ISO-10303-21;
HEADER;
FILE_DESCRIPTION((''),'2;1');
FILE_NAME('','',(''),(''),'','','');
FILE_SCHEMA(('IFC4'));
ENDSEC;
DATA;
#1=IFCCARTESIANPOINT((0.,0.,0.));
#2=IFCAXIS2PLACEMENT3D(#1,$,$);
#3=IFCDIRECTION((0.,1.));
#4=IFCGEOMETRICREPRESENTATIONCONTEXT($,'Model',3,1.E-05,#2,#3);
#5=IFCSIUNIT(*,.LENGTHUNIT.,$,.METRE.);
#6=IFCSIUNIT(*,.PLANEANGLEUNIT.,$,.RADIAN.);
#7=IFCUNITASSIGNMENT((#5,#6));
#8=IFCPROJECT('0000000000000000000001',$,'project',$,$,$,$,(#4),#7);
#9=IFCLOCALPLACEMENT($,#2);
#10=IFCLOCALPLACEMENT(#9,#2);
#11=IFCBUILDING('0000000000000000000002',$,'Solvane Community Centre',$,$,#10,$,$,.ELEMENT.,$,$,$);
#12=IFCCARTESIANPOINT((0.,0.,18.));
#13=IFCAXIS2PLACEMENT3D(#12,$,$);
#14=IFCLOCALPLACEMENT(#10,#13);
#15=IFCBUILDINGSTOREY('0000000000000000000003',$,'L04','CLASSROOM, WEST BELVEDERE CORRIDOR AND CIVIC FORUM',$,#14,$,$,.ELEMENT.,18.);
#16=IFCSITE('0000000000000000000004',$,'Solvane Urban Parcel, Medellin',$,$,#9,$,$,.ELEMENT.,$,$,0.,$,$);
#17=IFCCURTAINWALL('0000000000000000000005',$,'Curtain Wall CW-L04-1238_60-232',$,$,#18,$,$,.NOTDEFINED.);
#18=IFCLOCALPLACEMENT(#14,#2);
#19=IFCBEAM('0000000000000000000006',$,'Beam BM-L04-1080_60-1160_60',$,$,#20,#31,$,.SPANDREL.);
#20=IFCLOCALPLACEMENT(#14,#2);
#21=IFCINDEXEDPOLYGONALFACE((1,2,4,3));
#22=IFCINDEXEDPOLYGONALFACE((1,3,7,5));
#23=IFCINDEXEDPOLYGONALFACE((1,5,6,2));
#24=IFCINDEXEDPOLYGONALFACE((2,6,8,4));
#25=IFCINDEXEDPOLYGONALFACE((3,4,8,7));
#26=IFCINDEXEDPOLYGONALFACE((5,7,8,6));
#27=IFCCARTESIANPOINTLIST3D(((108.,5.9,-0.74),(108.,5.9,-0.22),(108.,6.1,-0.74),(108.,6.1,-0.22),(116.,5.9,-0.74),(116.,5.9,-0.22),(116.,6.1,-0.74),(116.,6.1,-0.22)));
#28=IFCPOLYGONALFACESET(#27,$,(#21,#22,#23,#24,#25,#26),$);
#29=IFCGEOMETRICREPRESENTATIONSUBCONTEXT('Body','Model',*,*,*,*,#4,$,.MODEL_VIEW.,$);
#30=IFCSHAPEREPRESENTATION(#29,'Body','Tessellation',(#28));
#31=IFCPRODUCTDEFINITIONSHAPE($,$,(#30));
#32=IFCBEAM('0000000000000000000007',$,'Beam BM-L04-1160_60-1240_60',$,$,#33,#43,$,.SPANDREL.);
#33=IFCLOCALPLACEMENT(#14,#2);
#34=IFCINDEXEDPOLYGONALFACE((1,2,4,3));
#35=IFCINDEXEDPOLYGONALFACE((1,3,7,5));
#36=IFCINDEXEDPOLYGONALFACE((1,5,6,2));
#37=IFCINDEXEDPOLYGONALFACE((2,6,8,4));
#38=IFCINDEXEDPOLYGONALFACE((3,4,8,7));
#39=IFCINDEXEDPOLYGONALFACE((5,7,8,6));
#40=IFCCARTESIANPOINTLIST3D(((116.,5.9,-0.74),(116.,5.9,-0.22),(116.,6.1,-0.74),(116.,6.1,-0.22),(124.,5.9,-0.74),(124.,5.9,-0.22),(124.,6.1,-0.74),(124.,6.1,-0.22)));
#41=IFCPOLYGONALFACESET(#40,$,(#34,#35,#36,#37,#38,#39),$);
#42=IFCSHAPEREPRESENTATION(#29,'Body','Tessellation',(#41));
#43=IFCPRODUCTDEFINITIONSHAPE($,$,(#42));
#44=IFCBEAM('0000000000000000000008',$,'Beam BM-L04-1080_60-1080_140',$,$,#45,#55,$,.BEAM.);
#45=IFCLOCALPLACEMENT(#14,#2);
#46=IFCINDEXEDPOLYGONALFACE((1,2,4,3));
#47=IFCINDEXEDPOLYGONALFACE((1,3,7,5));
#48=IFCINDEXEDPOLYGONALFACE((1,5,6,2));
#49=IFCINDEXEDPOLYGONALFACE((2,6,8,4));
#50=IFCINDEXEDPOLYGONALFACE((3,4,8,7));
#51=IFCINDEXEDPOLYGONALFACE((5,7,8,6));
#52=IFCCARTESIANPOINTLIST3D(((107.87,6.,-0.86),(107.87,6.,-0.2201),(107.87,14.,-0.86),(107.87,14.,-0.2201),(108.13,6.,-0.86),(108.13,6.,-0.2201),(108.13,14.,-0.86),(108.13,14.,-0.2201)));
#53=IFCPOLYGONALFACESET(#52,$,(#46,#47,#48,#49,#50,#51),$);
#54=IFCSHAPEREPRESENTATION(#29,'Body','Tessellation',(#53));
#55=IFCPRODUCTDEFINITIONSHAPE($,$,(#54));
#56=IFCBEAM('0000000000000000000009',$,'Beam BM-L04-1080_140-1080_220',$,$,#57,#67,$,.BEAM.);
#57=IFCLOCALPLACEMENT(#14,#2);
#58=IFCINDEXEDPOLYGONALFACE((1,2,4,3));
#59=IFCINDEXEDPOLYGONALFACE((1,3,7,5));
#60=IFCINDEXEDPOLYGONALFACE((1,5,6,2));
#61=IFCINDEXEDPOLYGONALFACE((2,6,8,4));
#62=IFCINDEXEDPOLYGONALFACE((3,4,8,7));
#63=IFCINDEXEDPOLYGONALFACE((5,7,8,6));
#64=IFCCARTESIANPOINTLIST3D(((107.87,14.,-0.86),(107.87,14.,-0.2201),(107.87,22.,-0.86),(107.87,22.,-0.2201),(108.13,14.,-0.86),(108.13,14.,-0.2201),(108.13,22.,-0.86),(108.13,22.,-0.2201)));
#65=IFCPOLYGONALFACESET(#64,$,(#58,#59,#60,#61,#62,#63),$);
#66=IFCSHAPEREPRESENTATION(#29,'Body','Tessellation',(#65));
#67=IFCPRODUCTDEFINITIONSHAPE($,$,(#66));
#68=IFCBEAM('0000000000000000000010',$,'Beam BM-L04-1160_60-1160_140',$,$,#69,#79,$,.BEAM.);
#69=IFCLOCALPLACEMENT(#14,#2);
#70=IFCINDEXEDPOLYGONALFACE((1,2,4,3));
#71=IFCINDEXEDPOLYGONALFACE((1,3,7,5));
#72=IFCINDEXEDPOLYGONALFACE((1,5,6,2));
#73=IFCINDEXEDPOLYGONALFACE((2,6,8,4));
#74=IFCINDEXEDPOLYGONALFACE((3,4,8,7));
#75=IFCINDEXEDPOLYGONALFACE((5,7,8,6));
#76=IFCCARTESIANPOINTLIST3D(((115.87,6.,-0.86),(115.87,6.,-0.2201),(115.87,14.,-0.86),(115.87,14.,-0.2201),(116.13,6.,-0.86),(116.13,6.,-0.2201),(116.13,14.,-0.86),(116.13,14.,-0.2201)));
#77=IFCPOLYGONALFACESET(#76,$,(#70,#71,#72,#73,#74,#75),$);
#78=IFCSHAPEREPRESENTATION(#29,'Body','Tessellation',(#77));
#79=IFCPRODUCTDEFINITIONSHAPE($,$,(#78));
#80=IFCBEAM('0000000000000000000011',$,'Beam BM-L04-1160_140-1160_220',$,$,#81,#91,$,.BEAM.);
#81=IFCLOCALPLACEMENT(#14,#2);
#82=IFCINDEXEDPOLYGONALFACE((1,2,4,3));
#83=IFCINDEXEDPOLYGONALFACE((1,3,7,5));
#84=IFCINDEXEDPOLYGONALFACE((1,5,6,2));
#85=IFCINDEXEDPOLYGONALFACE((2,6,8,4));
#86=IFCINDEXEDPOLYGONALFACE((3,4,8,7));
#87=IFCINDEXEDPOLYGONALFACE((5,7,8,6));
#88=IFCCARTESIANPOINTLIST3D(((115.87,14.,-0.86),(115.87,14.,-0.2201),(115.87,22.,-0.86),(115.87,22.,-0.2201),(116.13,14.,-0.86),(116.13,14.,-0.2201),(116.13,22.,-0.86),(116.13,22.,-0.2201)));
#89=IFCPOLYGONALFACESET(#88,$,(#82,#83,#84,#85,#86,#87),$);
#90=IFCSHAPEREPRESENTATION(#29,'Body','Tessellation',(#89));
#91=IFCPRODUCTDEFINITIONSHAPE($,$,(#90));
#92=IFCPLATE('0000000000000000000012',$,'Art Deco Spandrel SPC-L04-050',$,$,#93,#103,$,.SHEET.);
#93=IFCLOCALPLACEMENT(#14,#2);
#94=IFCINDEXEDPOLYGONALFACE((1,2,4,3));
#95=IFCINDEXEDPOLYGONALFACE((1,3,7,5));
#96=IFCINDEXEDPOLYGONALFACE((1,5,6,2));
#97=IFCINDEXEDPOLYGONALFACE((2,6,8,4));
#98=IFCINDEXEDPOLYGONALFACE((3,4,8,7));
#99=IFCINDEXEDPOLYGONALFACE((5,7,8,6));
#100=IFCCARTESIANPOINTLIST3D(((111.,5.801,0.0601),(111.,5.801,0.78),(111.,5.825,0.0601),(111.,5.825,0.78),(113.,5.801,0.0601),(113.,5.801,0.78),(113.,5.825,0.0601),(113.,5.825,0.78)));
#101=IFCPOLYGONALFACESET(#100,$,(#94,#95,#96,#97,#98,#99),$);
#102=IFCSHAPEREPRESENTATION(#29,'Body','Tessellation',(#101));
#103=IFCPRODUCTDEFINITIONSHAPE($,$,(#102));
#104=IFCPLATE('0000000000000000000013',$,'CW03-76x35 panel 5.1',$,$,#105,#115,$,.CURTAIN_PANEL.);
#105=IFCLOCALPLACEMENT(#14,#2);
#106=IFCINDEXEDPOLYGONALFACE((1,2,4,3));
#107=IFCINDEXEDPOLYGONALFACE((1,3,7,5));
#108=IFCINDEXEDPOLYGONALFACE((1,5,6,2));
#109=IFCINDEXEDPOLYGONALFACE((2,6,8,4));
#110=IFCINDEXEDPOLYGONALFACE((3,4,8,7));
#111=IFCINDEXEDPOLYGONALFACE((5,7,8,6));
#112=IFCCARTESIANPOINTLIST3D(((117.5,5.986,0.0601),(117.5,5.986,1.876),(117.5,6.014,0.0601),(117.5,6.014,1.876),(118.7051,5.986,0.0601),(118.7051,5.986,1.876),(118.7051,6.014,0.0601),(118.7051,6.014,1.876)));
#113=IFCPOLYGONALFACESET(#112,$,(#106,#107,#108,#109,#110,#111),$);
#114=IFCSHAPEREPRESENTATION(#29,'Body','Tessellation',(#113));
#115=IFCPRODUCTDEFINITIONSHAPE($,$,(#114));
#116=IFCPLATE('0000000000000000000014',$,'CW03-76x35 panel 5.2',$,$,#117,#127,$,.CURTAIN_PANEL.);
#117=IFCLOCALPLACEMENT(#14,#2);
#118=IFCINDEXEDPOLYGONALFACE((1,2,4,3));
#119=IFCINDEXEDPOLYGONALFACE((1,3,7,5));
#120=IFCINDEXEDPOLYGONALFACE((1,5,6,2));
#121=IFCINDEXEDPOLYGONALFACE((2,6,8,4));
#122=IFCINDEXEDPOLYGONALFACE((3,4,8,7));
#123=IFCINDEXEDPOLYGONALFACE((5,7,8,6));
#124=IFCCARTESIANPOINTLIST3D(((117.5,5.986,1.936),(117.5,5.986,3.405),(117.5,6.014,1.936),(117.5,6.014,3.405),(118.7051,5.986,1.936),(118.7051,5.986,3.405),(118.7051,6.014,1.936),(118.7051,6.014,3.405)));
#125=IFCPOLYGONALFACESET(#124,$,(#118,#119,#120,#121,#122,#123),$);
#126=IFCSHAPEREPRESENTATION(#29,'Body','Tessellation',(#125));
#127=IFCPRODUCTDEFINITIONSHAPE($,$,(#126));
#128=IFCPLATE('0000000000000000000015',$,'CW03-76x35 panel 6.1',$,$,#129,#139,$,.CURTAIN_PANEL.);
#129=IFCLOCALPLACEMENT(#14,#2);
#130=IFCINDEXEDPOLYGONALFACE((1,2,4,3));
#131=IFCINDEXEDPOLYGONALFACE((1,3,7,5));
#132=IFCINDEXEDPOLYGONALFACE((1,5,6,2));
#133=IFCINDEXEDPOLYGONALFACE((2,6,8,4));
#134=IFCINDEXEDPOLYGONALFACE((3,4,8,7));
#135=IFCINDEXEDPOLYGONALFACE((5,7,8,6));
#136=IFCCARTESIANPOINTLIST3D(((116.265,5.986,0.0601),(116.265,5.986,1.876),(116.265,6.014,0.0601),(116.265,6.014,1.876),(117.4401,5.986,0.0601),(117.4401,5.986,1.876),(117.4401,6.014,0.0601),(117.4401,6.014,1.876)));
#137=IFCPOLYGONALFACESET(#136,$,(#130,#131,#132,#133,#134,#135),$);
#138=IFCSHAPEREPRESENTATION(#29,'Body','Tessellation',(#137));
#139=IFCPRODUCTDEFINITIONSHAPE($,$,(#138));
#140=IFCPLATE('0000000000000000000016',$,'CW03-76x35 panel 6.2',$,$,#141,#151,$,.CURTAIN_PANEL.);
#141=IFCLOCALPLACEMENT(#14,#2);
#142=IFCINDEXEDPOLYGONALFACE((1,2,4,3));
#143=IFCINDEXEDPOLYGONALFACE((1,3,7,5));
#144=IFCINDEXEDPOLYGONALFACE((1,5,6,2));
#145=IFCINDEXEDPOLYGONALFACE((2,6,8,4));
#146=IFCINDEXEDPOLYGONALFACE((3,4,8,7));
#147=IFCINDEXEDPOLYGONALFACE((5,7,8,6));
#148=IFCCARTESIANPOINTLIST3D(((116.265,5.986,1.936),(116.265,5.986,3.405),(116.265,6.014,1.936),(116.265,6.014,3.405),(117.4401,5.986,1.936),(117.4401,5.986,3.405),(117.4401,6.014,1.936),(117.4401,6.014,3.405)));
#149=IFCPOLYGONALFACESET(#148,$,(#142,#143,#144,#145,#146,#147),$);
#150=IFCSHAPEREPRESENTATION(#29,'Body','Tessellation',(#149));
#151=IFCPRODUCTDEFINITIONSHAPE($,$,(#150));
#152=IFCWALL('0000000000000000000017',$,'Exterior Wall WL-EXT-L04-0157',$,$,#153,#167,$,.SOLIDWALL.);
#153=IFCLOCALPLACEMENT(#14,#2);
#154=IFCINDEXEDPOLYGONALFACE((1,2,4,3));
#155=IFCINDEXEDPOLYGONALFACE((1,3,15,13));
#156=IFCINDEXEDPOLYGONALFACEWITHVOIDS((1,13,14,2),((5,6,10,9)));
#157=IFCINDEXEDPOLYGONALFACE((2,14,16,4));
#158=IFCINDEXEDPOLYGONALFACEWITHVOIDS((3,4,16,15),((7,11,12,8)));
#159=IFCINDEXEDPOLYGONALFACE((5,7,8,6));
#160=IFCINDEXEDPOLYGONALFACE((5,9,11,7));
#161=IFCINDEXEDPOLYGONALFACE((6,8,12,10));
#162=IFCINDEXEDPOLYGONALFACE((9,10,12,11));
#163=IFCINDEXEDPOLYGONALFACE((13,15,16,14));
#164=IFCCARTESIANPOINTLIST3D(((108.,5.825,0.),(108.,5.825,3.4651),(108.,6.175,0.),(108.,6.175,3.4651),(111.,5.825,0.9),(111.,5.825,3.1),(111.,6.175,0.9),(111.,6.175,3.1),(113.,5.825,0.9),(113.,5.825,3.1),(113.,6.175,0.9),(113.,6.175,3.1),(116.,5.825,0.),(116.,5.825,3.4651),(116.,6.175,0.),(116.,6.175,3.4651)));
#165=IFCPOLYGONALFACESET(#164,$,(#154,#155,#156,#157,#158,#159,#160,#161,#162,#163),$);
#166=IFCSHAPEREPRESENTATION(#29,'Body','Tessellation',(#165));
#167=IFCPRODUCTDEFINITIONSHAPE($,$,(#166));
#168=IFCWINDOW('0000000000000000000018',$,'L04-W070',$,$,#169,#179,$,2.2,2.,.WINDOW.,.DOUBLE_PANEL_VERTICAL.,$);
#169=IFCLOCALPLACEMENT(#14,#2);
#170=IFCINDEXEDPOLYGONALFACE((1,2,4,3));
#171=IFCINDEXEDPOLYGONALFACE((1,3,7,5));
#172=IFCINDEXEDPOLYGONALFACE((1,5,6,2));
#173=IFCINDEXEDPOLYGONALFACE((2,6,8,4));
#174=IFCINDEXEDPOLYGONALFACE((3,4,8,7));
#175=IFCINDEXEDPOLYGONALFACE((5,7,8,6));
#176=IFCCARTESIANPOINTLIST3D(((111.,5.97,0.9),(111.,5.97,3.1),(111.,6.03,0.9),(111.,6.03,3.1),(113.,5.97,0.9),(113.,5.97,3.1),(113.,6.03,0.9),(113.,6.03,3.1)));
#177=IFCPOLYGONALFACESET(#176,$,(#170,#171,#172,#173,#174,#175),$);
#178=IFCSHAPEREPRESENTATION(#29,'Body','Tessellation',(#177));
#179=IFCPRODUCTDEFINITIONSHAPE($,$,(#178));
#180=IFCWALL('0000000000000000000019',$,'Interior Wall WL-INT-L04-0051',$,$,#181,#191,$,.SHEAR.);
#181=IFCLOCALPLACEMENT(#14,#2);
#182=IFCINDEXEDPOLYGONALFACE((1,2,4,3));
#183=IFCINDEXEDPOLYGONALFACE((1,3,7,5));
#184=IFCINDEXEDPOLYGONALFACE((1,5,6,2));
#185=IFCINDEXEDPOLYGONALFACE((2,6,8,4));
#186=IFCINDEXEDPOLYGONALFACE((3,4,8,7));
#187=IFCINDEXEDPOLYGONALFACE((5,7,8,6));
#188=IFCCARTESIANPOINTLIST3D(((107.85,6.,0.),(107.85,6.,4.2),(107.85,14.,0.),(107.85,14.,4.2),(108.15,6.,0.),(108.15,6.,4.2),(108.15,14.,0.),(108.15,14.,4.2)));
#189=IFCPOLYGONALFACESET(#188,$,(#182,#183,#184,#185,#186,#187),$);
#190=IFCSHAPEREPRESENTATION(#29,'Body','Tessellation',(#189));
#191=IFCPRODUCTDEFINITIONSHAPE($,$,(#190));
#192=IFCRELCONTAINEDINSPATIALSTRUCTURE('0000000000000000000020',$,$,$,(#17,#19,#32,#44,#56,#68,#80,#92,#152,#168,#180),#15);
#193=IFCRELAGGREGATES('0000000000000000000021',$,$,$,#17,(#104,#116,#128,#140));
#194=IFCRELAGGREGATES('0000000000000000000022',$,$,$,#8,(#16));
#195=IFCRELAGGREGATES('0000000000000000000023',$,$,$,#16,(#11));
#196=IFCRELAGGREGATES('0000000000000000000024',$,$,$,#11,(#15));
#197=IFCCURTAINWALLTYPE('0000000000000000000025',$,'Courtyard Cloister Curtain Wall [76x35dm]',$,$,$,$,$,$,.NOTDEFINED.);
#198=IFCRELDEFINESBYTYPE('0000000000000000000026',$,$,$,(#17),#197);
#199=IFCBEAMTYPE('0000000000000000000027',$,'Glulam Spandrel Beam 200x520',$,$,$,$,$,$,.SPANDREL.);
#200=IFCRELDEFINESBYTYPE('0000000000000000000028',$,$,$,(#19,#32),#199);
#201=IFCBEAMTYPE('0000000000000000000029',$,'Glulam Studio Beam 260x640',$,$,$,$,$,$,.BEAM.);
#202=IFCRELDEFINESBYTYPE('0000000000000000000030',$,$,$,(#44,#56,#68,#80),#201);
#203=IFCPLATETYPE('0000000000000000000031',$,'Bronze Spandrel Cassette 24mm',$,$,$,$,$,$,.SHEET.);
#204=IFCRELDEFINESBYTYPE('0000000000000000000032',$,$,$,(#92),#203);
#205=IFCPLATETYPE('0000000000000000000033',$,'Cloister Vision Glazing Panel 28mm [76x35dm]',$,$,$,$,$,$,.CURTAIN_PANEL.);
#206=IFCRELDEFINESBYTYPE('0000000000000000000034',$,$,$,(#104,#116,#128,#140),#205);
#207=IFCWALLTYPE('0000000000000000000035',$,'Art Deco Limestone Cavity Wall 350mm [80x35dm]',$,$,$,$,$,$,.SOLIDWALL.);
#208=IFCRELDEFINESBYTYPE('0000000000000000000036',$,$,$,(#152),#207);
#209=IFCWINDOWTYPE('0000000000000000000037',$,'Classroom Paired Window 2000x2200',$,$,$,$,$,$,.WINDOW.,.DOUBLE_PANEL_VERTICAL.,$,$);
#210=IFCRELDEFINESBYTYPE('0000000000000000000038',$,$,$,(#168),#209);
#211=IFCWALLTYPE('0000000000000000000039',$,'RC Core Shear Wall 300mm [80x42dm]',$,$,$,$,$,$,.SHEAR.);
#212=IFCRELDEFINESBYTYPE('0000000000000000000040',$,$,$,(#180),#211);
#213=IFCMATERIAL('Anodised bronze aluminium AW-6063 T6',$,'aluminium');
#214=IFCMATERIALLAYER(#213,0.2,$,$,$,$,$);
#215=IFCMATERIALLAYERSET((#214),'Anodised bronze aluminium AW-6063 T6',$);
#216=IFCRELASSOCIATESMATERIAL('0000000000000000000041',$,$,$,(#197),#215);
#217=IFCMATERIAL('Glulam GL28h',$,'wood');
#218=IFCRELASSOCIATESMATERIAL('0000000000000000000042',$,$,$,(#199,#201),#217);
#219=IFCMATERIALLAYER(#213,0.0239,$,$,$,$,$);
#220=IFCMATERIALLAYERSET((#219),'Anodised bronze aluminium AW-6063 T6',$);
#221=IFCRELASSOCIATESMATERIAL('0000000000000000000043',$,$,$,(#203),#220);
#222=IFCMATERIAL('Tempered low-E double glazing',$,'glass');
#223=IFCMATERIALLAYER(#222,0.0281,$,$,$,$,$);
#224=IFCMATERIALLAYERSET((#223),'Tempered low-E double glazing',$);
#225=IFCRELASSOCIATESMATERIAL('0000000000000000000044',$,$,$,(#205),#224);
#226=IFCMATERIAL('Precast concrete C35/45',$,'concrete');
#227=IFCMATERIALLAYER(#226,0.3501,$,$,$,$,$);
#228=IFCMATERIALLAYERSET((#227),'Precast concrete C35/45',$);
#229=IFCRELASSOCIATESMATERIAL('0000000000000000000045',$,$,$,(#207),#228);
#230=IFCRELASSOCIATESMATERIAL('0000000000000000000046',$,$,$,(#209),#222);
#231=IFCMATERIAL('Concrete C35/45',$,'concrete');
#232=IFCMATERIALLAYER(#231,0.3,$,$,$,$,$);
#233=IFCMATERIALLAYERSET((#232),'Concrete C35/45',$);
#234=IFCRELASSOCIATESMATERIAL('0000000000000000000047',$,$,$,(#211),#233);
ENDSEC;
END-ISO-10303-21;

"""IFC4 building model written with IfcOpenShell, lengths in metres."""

from ifc_helpers import new_model, si_unit, direction, frame, frame_2d, origin, origin_2d, place, context, subcontext, project, spatial, rectangle, extrude, material, layer, layer_set, material_profile, profile_set, type_object, element, fill, aggregate, save


model = new_model("IFC4")

# Units and contexts
model_context = context("Model", 3, precision=1e-05, world=origin(), true_north=direction((0.0, 1.0)))
body_context = subcontext(model_context, "Body", "Model", "MODEL_VIEW")
ifc_project = project(units=[si_unit("LENGTHUNIT", "METRE"), si_unit("PLANEANGLEUNIT", "RADIAN")], contexts=[model_context])

# Site, building, storey
site_placement = place(None, origin())
site = spatial("IfcSite", under=ifc_project, at=site_placement, Name="Solvane Urban Parcel, Medellin", CompositionType="ELEMENT", RefElevation=0.0)
building_placement = place(site_placement, origin())
building = spatial("IfcBuilding", under=site, at=building_placement, Name="Solvane Community Centre", CompositionType="ELEMENT")
storey_placement = place(building_placement, frame((0.0, 0.0, 18.0)))
storey = spatial("IfcBuildingStorey", under=building, at=storey_placement, Name="L04", Description="CLASSROOM, WEST BELVEDERE CORRIDOR AND CIVIC FORUM", CompositionType="ELEMENT", Elevation=18.0)

# Curtain wall
ifc_material_1 = material(Name="Anodised bronze aluminium AW-6063 T6", Category="aluminium")
ifc_layer_1 = layer(ifc_material_1, 0.2)
ifc_layer_set_1 = layer_set([ifc_layer_1], Name="Anodised bronze aluminium AW-6063 T6")
curtain_wall_type = type_object("IfcCurtainWallType", Name="Courtyard Cloister Curtain Wall [76x35dm]", PredefinedType="NOTDEFINED", material=ifc_layer_set_1)
curtain_wall_placement = place(storey_placement, origin())
curtain_wall = element("IfcCurtainWall", 1, at=curtain_wall_placement, inside=storey, type_object=curtain_wall_type, Name="Curtain Wall CW-L04-1238_60-232", PredefinedType="NOTDEFINED")

# Beams
ifc_material_2 = material(Name="Glulam GL28h", Category="wood")
ifc_material_profile_1 = material_profile(ifc_material_2, rectangle(XDim=0.2, YDim=0.52, at=origin_2d()), Name="GL28h 200x520")
ifc_profile_set_1 = profile_set([ifc_material_profile_1], Name="Glulam GL28h")
beam_type_1 = type_object("IfcBeamType", Name="Glulam Spandrel Beam 200x520", PredefinedType="SPANDREL", material=ifc_profile_set_1)
for number, where, z_axis, x_axis, name in (
    (2, (108.0, 6.0, -0.48), (1.0, 0.0, 0.0), (0.0, 1.0, 0.0), "Beam BM-L04-1080_60-1160_60"),
    (3, (116.0, 6.0, -0.48), (1.0, 0.0, 0.0), (0.0, 1.0, 0.0), "Beam BM-L04-1160_60-1240_60"),
):
    element("IfcBeam", number, at=place(storey_placement, frame(where, z_axis=z_axis, x_axis=x_axis)), inside=storey, type_object=beam_type_1, Name=name, PredefinedType="SPANDREL", context=body_context, shape_type="SweptSolid", body=[
        extrude(rectangle(XDim=0.2, YDim=0.52, at=origin_2d()), origin(), (0.0, 0.0, 1.0), 8.0),
    ])
ifc_material_profile_2 = material_profile(ifc_material_2, rectangle(XDim=0.26, YDim=0.6399, at=origin_2d()), Name="GL28h 260x640")
ifc_profile_set_2 = profile_set([ifc_material_profile_2], Name="Glulam GL28h")
beam_type_2 = type_object("IfcBeamType", Name="Glulam Studio Beam 260x640", PredefinedType="BEAM", material=ifc_profile_set_2)
for number, where, z_axis, x_axis, name in (
    (4, (108.0, 6.0, -0.54), (0.0, 1.0, 0.0), (-1.0, 0.0, 0.0), "Beam BM-L04-1080_60-1080_140"),
    (5, (108.0, 14.0, -0.54), (0.0, 1.0, 0.0), (-1.0, 0.0, 0.0), "Beam BM-L04-1080_140-1080_220"),
    (6, (116.0, 6.0, -0.54), (0.0, 1.0, 0.0), (-1.0, 0.0, 0.0), "Beam BM-L04-1160_60-1160_140"),
    (7, (116.0, 14.0, -0.54), (0.0, 1.0, 0.0), (-1.0, 0.0, 0.0), "Beam BM-L04-1160_140-1160_220"),
):
    element("IfcBeam", number, at=place(storey_placement, frame(where, z_axis=z_axis, x_axis=x_axis)), inside=storey, type_object=beam_type_2, Name=name, PredefinedType="BEAM", context=body_context, shape_type="SweptSolid", body=[
        extrude(rectangle(XDim=0.26, YDim=0.6399, at=origin_2d()), origin(), (0.0, 0.0, 1.0), 8.0),
    ])

# Plates
ifc_layer_2 = layer(ifc_material_1, 0.0239)
ifc_layer_set_2 = layer_set([ifc_layer_2], Name="Anodised bronze aluminium AW-6063 T6")
plate_type_1 = type_object("IfcPlateType", Name="Bronze Spandrel Cassette 24mm", PredefinedType="SHEET", material=ifc_layer_set_2)
plate_1_placement = place(storey_placement, frame((112.0, 5.813, 0.0601), z_axis=(0.0, 0.0, 1.0), x_axis=(-1.0, 0.0, 0.0)))
element("IfcPlate", 8, at=plate_1_placement, inside=storey, type_object=plate_type_1, Name="Art Deco Spandrel SPC-L04-050", PredefinedType="SHEET", context=body_context, shape_type="SweptSolid", body=[
    extrude(rectangle(XDim=2.0, YDim=0.0239, at=origin_2d()), origin(), (0.0, 0.0, 1.0), 0.72),
])
ifc_material_3 = material(Name="Tempered low-E double glazing", Category="glass")
ifc_layer_3 = layer(ifc_material_3, 0.0281)
ifc_layer_set_3 = layer_set([ifc_layer_3], Name="Tempered low-E double glazing")
plate_type_2 = type_object("IfcPlateType", Name="Cloister Vision Glazing Panel 28mm [76x35dm]", PredefinedType="CURTAIN_PANEL", material=ifc_layer_set_3)
plate_2_placement = place(storey_placement, frame((118.1025, 6.0, 0.0601), z_axis=(0.0, 0.0, 1.0), x_axis=(-1.0, 0.0, 0.0)))
plate_2 = element("IfcPlate", 9, at=plate_2_placement, type_object=plate_type_2, Name="CW03-76x35 panel 5.1", PredefinedType="CURTAIN_PANEL", context=body_context, shape_type="SweptSolid", body=[
    extrude(rectangle(XDim=1.2051, YDim=0.0281, at=origin_2d()), origin(), (0.0, 0.0, 1.0), 1.8159),
])
plate_3_placement = place(storey_placement, frame((118.1025, 6.0, 1.936), z_axis=(0.0, 0.0, 1.0), x_axis=(-1.0, 0.0, 0.0)))
plate_3 = element("IfcPlate", 10, at=plate_3_placement, type_object=plate_type_2, Name="CW03-76x35 panel 5.2", PredefinedType="CURTAIN_PANEL", context=body_context, shape_type="SweptSolid", body=[
    extrude(rectangle(XDim=1.2051, YDim=0.0281, at=origin_2d()), origin(), (0.0, 0.0, 1.0), 1.469),
])
plate_4_placement = place(storey_placement, frame((116.8525, 6.0, 0.0601), z_axis=(0.0, 0.0, 1.0), x_axis=(-1.0, 0.0, 0.0)))
plate_4 = element("IfcPlate", 11, at=plate_4_placement, type_object=plate_type_2, Name="CW03-76x35 panel 6.1", PredefinedType="CURTAIN_PANEL", context=body_context, shape_type="SweptSolid", body=[
    extrude(rectangle(XDim=1.175, YDim=0.0281, at=origin_2d()), origin(), (0.0, 0.0, 1.0), 1.8159),
])
plate_5_placement = place(storey_placement, frame((116.8525, 6.0, 1.936), z_axis=(0.0, 0.0, 1.0), x_axis=(-1.0, 0.0, 0.0)))
plate_5 = element("IfcPlate", 12, at=plate_5_placement, type_object=plate_type_2, Name="CW03-76x35 panel 6.2", PredefinedType="CURTAIN_PANEL", context=body_context, shape_type="SweptSolid", body=[
    extrude(rectangle(XDim=1.175, YDim=0.0281, at=origin_2d()), origin(), (0.0, 0.0, 1.0), 1.469),
])
aggregate(curtain_wall, [plate_2, plate_3, plate_4, plate_5])

# Wall, opening, window
ifc_material_4 = material(Name="Precast concrete C35/45", Category="concrete")
ifc_layer_4 = layer(ifc_material_4, 0.3501)
ifc_layer_set_4 = layer_set([ifc_layer_4], Name="Precast concrete C35/45")
wall_type_1 = type_object("IfcWallType", Name="Art Deco Limestone Cavity Wall 350mm [80x35dm]", PredefinedType="SOLIDWALL", material=ifc_layer_set_4)
wall_1_placement = place(storey_placement, frame((116.0, 6.0, 0.0), z_axis=(0.0, 0.0, 1.0), x_axis=(-1.0, 0.0, 0.0)))
wall_1 = element("IfcWall", 13, at=wall_1_placement, inside=storey, type_object=wall_type_1, Name="Exterior Wall WL-EXT-L04-0157", PredefinedType="SOLIDWALL", context=body_context, shape_type="SweptSolid", body=[
    extrude(rectangle(XDim=8.0, YDim=0.3501, at=frame_2d((4.0, 0.0))), origin(), (0.0, 0.0, 1.0), 3.4651),
])
opening_placement = place(wall_1_placement, frame((3.0, 0.0, 0.8999)))
opening = element("IfcOpeningElement", 14, at=opening_placement, cuts=wall_1, PredefinedType="OPENING", context=body_context, shape_type="SweptSolid", body=[
    extrude(rectangle(XDim=2.0, YDim=2.2, at=frame_2d((1.0, 1.1001))), frame((0.0, 0.1851, 0.0), z_axis=(0.0, -1.0, 0.0), x_axis=(1.0, 0.0, 0.0)), (0.0, 0.0, 1.0), 0.3701),
])
window_type = type_object("IfcWindowType", Name="Classroom Paired Window 2000x2200", PartitioningType="DOUBLE_PANEL_VERTICAL", PredefinedType="WINDOW", material=ifc_material_3)
window_placement = place(opening_placement, origin())
window = element("IfcWindow", 15, at=window_placement, inside=storey, type_object=window_type, Name="L04-W070", OverallHeight=2.2, OverallWidth=2.0, PartitioningType="DOUBLE_PANEL_VERTICAL", PredefinedType="WINDOW", context=body_context, shape_type="SweptSolid", body=[
    extrude(rectangle(XDim=2.0, YDim=2.2, at=frame_2d((1.0, 1.1001))), frame((0.0, 0.03, 0.0), z_axis=(0.0, -1.0, 0.0), x_axis=(1.0, 0.0, 0.0)), (0.0, 0.0, 1.0), 0.0601),
])
fill(opening, window)

# Wall
ifc_material_5 = material(Name="Concrete C35/45", Category="concrete")
ifc_layer_5 = layer(ifc_material_5, 0.3)
ifc_layer_set_5 = layer_set([ifc_layer_5], Name="Concrete C35/45")
wall_type_2 = type_object("IfcWallType", Name="RC Core Shear Wall 300mm [80x42dm]", PredefinedType="SHEAR", material=ifc_layer_set_5)
wall_2_placement = place(storey_placement, frame((108.0, 14.0, 0.0), z_axis=(0.0, 0.0, 1.0), x_axis=(0.0, -1.0, 0.0)))
element("IfcWall", 16, at=wall_2_placement, inside=storey, type_object=wall_type_2, Name="Interior Wall WL-INT-L04-0051", PredefinedType="SHEAR", context=body_context, shape_type="SweptSolid", body=[
    extrude(rectangle(XDim=8.0, YDim=0.3, at=frame_2d((4.0, 0.0))), origin(), (0.0, 0.0, 1.0), 4.2),
])

save(model, "model.ifc")
